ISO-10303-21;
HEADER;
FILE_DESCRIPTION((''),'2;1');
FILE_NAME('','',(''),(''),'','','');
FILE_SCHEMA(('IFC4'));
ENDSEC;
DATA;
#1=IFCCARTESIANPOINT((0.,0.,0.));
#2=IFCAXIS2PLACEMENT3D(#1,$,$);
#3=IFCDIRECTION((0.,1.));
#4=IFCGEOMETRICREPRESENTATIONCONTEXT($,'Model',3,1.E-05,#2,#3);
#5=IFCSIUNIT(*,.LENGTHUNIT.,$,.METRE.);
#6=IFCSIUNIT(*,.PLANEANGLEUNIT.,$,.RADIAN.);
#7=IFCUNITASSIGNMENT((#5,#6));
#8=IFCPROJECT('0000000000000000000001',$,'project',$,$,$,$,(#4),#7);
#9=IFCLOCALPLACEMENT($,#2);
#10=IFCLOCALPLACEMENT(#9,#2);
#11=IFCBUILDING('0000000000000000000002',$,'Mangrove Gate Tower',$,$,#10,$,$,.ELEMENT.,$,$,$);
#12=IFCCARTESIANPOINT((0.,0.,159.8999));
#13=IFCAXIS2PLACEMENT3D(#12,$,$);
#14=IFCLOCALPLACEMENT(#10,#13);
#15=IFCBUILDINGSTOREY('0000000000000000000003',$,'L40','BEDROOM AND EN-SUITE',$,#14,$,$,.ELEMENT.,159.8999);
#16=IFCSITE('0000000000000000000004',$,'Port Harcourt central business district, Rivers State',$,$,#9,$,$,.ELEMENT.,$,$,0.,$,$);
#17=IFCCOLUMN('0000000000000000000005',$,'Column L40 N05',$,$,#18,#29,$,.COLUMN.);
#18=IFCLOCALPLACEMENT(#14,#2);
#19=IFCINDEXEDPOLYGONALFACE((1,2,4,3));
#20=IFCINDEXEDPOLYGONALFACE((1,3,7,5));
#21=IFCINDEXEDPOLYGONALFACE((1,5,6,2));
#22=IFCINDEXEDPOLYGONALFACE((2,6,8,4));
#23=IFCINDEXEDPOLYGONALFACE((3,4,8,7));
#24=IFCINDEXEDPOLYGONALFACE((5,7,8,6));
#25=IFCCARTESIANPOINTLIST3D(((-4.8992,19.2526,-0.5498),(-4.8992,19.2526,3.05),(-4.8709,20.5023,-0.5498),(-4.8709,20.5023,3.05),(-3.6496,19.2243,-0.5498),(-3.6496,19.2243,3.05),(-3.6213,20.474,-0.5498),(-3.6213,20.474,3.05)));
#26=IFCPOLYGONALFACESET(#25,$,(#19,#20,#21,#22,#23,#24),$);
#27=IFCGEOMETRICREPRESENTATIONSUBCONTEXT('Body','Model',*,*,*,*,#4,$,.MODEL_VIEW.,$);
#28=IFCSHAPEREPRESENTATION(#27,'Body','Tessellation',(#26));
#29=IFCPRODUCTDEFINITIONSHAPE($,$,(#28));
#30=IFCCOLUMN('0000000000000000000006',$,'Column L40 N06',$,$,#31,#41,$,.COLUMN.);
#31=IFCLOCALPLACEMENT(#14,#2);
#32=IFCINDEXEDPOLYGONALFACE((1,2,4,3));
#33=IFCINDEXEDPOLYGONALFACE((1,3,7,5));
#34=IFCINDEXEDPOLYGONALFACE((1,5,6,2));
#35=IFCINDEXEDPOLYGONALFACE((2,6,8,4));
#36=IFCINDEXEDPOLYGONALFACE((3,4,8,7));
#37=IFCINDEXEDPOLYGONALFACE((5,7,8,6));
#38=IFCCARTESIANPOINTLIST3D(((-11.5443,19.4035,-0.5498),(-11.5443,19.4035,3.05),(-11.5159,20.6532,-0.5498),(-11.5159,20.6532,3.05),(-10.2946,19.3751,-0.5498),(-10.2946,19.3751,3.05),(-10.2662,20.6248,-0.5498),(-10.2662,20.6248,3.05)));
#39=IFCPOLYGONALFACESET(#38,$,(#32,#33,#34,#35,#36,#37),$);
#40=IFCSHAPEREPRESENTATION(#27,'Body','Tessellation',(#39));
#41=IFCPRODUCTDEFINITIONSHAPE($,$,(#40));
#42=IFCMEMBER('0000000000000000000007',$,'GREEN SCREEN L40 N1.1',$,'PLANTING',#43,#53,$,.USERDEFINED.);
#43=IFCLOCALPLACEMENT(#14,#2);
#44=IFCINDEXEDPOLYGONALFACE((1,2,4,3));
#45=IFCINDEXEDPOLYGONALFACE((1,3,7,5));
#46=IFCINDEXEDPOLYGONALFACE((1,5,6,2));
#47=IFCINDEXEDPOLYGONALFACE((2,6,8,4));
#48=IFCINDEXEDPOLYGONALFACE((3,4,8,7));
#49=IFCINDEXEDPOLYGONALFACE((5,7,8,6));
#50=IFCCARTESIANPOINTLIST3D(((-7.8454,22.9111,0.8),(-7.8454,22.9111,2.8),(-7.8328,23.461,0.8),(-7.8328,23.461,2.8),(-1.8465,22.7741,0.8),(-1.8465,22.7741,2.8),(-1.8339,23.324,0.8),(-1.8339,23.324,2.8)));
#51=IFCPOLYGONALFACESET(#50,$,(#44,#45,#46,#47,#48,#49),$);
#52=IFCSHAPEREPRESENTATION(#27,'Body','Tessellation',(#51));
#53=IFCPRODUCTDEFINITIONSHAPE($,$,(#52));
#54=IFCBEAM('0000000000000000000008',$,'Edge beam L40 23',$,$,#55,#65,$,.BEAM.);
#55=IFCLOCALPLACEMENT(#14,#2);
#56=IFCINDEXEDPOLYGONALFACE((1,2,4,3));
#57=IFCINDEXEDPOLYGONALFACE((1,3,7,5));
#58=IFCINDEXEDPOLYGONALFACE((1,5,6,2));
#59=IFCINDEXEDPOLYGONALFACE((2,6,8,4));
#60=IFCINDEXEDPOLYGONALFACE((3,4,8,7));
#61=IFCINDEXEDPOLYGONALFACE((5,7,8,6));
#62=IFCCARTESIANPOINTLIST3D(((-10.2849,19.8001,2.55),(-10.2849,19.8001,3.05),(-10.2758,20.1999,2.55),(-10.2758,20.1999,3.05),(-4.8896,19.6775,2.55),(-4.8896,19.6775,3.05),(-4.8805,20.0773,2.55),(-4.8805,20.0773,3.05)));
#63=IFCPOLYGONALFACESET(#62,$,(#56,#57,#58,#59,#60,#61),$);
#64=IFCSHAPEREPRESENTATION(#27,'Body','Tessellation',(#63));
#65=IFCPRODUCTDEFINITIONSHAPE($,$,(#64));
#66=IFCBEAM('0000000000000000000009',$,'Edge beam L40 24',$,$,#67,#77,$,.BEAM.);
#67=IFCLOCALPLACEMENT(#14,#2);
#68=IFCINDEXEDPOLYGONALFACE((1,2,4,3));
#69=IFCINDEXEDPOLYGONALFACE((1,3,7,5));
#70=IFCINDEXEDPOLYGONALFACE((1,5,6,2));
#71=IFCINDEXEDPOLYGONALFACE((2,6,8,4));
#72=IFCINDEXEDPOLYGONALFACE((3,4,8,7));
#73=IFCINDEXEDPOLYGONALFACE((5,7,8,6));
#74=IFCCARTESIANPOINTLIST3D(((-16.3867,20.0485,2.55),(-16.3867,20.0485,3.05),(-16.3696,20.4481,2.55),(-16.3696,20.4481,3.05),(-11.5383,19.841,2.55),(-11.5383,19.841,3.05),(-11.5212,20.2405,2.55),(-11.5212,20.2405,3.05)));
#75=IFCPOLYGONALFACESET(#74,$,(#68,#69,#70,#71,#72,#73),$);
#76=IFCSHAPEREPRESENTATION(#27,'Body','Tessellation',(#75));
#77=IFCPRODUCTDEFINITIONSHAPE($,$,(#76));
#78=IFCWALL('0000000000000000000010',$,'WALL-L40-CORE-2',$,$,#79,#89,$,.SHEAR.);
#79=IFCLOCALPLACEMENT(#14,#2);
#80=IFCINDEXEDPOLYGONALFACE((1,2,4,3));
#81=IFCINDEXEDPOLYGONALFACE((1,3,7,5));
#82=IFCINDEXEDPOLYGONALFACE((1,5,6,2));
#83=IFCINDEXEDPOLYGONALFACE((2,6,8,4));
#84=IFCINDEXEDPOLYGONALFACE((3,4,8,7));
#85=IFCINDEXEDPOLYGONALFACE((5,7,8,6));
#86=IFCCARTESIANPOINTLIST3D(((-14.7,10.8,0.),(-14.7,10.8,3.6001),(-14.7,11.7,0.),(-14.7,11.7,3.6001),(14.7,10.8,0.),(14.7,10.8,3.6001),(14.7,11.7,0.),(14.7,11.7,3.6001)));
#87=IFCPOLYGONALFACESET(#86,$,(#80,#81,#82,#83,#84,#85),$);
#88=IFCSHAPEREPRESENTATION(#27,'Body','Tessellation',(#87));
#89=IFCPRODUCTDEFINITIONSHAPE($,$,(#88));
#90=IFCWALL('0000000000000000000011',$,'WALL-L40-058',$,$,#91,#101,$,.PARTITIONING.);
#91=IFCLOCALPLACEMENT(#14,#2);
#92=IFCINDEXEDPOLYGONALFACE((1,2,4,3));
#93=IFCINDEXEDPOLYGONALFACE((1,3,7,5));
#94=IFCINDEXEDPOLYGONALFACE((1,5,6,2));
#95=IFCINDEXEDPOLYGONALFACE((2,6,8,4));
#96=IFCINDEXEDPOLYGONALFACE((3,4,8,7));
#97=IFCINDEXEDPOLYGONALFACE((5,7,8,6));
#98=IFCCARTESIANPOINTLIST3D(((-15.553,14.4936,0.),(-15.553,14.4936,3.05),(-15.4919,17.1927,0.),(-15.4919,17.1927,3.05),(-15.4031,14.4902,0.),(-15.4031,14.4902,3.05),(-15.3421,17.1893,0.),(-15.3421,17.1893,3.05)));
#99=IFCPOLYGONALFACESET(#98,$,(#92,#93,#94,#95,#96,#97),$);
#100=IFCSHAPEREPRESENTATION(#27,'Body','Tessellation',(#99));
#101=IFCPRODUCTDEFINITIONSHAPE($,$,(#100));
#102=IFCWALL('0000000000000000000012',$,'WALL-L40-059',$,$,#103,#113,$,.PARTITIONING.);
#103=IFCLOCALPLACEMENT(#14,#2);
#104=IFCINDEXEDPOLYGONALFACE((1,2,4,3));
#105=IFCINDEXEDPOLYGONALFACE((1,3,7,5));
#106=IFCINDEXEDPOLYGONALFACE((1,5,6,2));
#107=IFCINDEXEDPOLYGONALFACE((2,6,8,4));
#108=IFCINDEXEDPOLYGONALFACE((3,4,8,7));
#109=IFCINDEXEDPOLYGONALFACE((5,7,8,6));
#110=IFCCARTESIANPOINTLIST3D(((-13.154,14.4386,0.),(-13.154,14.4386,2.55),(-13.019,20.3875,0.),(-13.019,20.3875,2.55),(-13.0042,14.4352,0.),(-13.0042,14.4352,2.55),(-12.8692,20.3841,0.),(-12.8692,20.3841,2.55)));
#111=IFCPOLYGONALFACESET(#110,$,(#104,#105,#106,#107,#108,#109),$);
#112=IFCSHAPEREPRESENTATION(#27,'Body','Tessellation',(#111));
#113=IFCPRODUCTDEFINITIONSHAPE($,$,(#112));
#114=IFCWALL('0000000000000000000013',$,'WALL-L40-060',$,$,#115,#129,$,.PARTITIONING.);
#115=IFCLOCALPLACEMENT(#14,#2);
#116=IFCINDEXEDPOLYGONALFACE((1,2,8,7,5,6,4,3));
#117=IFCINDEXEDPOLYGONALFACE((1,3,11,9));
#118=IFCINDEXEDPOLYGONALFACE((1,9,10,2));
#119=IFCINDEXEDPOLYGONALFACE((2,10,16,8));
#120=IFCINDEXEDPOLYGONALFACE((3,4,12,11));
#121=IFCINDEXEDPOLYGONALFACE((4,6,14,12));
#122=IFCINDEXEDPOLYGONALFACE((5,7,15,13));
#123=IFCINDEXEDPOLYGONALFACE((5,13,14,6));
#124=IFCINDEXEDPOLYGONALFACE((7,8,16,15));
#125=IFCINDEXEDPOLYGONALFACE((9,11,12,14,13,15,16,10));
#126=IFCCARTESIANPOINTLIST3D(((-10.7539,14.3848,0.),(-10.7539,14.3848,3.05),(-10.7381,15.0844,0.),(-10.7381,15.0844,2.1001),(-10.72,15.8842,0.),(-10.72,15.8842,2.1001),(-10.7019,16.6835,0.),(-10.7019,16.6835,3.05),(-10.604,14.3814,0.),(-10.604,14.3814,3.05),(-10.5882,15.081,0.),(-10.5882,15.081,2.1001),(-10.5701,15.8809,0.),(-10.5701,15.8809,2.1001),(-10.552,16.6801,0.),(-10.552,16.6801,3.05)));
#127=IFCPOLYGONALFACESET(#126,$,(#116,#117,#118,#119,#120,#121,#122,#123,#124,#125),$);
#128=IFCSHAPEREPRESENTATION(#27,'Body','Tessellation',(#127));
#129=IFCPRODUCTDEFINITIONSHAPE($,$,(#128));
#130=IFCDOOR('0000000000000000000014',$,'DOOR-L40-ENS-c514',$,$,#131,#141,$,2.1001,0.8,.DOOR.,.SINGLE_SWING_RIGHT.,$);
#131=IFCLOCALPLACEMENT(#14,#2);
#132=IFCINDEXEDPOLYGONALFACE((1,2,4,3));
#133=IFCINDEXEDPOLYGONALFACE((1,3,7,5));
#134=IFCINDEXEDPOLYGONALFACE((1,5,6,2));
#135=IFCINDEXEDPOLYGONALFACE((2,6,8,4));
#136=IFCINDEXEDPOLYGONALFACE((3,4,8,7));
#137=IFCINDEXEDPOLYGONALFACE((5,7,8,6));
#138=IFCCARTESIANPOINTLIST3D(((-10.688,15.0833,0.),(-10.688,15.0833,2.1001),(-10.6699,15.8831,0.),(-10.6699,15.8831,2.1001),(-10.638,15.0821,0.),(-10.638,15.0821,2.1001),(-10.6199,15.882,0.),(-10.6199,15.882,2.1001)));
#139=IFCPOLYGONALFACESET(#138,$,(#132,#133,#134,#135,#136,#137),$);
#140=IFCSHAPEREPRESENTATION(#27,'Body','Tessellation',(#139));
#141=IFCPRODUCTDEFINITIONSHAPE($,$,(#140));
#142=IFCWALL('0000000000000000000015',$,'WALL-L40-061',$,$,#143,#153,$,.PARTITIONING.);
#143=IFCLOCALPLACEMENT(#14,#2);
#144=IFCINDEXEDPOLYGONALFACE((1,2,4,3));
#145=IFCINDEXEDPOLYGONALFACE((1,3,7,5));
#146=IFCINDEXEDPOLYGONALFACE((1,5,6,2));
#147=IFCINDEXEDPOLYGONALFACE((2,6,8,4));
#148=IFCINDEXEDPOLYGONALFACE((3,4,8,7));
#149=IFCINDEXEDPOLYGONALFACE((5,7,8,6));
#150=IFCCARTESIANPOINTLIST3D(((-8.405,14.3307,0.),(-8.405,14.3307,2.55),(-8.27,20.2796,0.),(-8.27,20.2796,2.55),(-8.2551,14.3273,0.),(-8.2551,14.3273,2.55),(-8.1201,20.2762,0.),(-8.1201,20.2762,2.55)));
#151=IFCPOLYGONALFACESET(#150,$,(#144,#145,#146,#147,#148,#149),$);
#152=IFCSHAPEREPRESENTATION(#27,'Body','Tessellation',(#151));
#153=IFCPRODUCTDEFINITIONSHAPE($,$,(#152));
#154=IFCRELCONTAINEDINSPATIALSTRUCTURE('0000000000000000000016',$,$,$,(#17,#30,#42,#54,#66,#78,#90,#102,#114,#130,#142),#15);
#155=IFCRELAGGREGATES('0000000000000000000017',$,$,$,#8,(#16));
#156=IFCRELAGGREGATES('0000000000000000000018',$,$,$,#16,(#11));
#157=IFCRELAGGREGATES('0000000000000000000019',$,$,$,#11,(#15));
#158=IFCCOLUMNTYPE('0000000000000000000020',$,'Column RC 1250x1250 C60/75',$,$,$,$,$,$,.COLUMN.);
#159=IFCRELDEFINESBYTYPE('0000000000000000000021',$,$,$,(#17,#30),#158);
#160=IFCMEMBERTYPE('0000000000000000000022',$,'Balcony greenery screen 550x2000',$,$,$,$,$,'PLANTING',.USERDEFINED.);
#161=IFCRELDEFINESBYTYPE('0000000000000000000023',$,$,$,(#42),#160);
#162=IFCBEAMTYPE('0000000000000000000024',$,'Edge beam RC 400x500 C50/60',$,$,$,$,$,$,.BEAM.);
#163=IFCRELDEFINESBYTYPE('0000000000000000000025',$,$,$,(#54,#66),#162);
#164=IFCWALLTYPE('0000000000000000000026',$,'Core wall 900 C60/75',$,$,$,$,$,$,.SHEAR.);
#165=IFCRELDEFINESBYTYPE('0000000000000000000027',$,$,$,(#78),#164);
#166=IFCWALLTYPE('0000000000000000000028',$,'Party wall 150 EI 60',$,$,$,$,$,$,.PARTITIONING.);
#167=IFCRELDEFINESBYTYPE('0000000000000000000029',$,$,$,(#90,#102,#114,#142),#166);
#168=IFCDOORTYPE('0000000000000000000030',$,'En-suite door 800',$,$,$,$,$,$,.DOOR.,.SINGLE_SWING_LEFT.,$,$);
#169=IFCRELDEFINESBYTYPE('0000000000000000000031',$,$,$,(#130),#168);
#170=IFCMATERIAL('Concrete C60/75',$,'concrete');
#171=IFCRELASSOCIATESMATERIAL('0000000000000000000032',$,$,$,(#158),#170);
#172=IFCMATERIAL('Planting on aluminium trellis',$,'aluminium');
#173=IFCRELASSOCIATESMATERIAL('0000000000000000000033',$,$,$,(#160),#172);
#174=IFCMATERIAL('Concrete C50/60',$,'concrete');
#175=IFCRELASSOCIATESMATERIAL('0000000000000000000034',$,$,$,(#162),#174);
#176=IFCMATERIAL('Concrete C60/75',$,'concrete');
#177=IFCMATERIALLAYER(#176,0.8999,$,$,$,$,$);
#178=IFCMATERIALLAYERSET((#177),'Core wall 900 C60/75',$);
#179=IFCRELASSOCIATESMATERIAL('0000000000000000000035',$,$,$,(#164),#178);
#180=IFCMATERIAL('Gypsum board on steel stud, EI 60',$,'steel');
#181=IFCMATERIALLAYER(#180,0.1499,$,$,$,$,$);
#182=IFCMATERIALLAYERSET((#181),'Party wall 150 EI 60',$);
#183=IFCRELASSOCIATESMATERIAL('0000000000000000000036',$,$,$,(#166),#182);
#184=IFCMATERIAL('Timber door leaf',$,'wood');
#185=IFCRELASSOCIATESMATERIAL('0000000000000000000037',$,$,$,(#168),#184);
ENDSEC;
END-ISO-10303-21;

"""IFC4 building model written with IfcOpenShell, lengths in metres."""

from ifc_helpers import new_model, si_unit, direction, frame, frame_2d, origin, origin_2d, place, context, subcontext, project, spatial, rectangle, extrude, material, layer, layer_set, material_profile, profile_set, type_object, element, fill, save


model = new_model("IFC4")

# Units and contexts
model_context = context("Model", 3, precision=1e-05, world=origin(), true_north=direction((0.0, 1.0)))
body_context = subcontext(model_context, "Body", "Model", "MODEL_VIEW")
ifc_project = project(units=[si_unit("LENGTHUNIT", "METRE"), si_unit("PLANEANGLEUNIT", "RADIAN")], contexts=[model_context])

# Site, building, storey
site_placement = place(None, origin())
site = spatial("IfcSite", under=ifc_project, at=site_placement, Name="Port Harcourt central business district, Rivers State", CompositionType="ELEMENT", RefElevation=0.0)
building_placement = place(site_placement, origin())
building = spatial("IfcBuilding", under=site, at=building_placement, Name="Mangrove Gate Tower", CompositionType="ELEMENT")
storey_placement = place(building_placement, frame((0.0, 0.0, 159.8999)))
storey = spatial("IfcBuildingStorey", under=building, at=storey_placement, Name="L40", Description="BEDROOM AND EN-SUITE", CompositionType="ELEMENT", Elevation=159.8999)

# Columns
ifc_material_1 = material(Name="Concrete C60/75", Category="concrete")
ifc_material_profile_1 = material_profile(ifc_material_1, rectangle(XDim=1.25, YDim=1.25, at=origin_2d()))
ifc_profile_set_1 = profile_set([ifc_material_profile_1], Name="Concrete C60/75")
column_type = type_object("IfcColumnType", Name="Column RC 1250x1250 C60/75", PredefinedType="COLUMN", material=ifc_profile_set_1)
for number, where, z_axis, x_axis, name in (
    (1, (-4.2603, 19.8633, -0.5498), (0.0, 0.0, 1.0), (-0.999744, 0.022643, 0.0), "Column L40 N05"),
    (2, (-10.9053, 20.0142, -0.5498), (0.0, 0.0, 1.0), (-0.999742, 0.022718, 0.0), "Column L40 N06"),
):
    element("IfcColumn", number, at=place(storey_placement, frame(where, z_axis=z_axis, x_axis=x_axis)), inside=storey, type_object=column_type, Name=name, PredefinedType="COLUMN", context=body_context, shape_type="SweptSolid", body=[
        extrude(rectangle(XDim=1.25, YDim=1.25, at=origin_2d()), origin(), (0.0, 0.0, 1.0), 3.5999),
    ])

# Member
ifc_material_2 = material(Name="Planting on aluminium trellis", Category="aluminium")
ifc_material_profile_2 = material_profile(ifc_material_2, rectangle(XDim=0.55, YDim=2.0, at=origin_2d()))
ifc_profile_set_2 = profile_set([ifc_material_profile_2], Name="Planting on aluminium trellis")
member_type = type_object("IfcMemberType", Name="Balcony greenery screen 550x2000", ElementType="PLANTING", PredefinedType="USERDEFINED", material=ifc_profile_set_2)
member_placement = place(storey_placement, frame((-7.8391, 23.186, 1.8), z_axis=(0.999739, -0.022825, 0.0), x_axis=(0.022825, 0.999739, 0.0)))
element("IfcMember", 3, at=member_placement, inside=storey, type_object=member_type, Name="GREEN SCREEN L40 N1.1", ObjectType="PLANTING", PredefinedType="USERDEFINED", context=body_context, shape_type="SweptSolid", body=[
    extrude(rectangle(XDim=0.55, YDim=2.0, at=origin_2d()), origin(), (0.0, 0.0, 1.0), 6.0005),
])

# Beams
ifc_material_3 = material(Name="Concrete C50/60", Category="concrete")
ifc_material_profile_3 = material_profile(ifc_material_3, rectangle(XDim=0.3999, YDim=0.5, at=origin_2d()))
ifc_profile_set_3 = profile_set([ifc_material_profile_3], Name="Concrete C50/60")
beam_type = type_object("IfcBeamType", Name="Edge beam RC 400x500 C50/60", PredefinedType="BEAM", material=ifc_profile_set_3)
beam_1_placement = place(storey_placement, frame((-4.885, 19.8774, 2.8), z_axis=(-0.999742, 0.02271, 0.0), x_axis=(-0.02271, -0.999742, 0.0)))
element("IfcBeam", 4, at=beam_1_placement, inside=storey, type_object=beam_type, Name="Edge beam L40 23", PredefinedType="BEAM", context=body_context, shape_type="SweptSolid", body=[
    extrude(rectangle(XDim=0.3999, YDim=0.5, at=origin_2d()), origin(), (0.0, 0.0, 1.0), 5.3967),
])
beam_2_placement = place(storey_placement, frame((-11.5298, 20.0408, 2.8), z_axis=(-0.999085, 0.042763, 0.0), x_axis=(-0.042763, -0.999085, 0.0)))
element("IfcBeam", 5, at=beam_2_placement, inside=storey, type_object=beam_type, Name="Edge beam L40 24", PredefinedType="BEAM", context=body_context, shape_type="SweptSolid", body=[
    extrude(rectangle(XDim=0.3999, YDim=0.5, at=origin_2d()), origin(), (0.0, 0.0, 1.0), 4.8528),
])

# Walls
ifc_material_4 = material(Name="Concrete C60/75", Category="concrete")
ifc_layer_1 = layer(ifc_material_4, 0.8999)
ifc_layer_set_1 = layer_set([ifc_layer_1], Name="Core wall 900 C60/75")
wall_type_1 = type_object("IfcWallType", Name="Core wall 900 C60/75", PredefinedType="SHEAR", material=ifc_layer_set_1)
wall_1_placement = place(storey_placement, frame((-14.7, 11.25, 0.0), z_axis=(0.0, 0.0, 1.0), x_axis=(1.0, 0.0, 0.0)))
element("IfcWall", 6, at=wall_1_placement, inside=storey, type_object=wall_type_1, Name="WALL-L40-CORE-2", PredefinedType="SHEAR", context=body_context, shape_type="SweptSolid", body=[
    extrude(rectangle(XDim=29.3999, YDim=0.8999, at=frame_2d((14.7, 0.0))), origin(), (0.0, 0.0, 1.0), 3.6001),
])
ifc_material_5 = material(Name="Gypsum board on steel stud, EI 60", Category="steel")
ifc_layer_2 = layer(ifc_material_5, 0.1499)
ifc_layer_set_2 = layer_set([ifc_layer_2], Name="Party wall 150 EI 60")
wall_type_2 = type_object("IfcWallType", Name="Party wall 150 EI 60", PredefinedType="PARTITIONING", material=ifc_layer_set_2)
wall_2_placement = place(storey_placement, frame((-15.478, 14.4919, 0.0), z_axis=(0.0, 0.0, 1.0), x_axis=(0.022608, 0.999744, 0.0)))
element("IfcWall", 7, at=wall_2_placement, inside=storey, type_object=wall_type_2, Name="WALL-L40-058", PredefinedType="PARTITIONING", context=body_context, shape_type="SweptSolid", body=[
    extrude(rectangle(XDim=2.6997, YDim=0.1499, at=frame_2d((1.3499, 0.0))), origin(), (0.0, 0.0, 1.0), 3.05),
])
wall_3_placement = place(storey_placement, frame((-13.0791, 14.437, 0.0), z_axis=(0.0, 0.0, 1.0), x_axis=(0.022689, 0.999743, 0.0)))
element("IfcWall", 8, at=wall_3_placement, inside=storey, type_object=wall_type_2, Name="WALL-L40-059", PredefinedType="PARTITIONING", context=body_context, shape_type="SweptSolid", body=[
    extrude(rectangle(XDim=5.9504, YDim=0.1499, at=frame_2d((2.9751, 0.0))), origin(), (0.0, 0.0, 1.0), 2.55),
])

# Wall, opening, door
wall_4_placement = place(storey_placement, frame((-10.679, 14.3831, 0.0), z_axis=(0.0, 0.0, 1.0), x_axis=(0.022615, 0.999744, 0.0)))
wall_4 = element("IfcWall", 9, at=wall_4_placement, inside=storey, type_object=wall_type_2, Name="WALL-L40-060", PredefinedType="PARTITIONING", context=body_context, shape_type="SweptSolid", body=[
    extrude(rectangle(XDim=2.2993, YDim=0.1499, at=frame_2d((1.1497, 0.0))), origin(), (0.0, 0.0, 1.0), 3.05),
])
opening_1_placement = place(wall_4_placement, frame((0.7, 0.0, 0.0)))
opening_1 = element("IfcOpeningElement", 10, at=opening_1_placement, cuts=wall_4, PredefinedType="OPENING", context=body_context, shape_type="SweptSolid", body=[
    extrude(rectangle(XDim=0.8, YDim=2.1001, at=frame_2d((0.3999, 1.05))), frame((0.0, 0.085, 0.0), z_axis=(0.0, -1.0, 0.0), x_axis=(1.0, 0.0, 0.0)), (0.0, 0.0, 1.0), 0.1699),
])
ifc_material_6 = material(Name="Timber door leaf", Category="wood")
door_type = type_object("IfcDoorType", Name="En-suite door 800", OperationType="SINGLE_SWING_LEFT", PredefinedType="DOOR", material=ifc_material_6)
door_1_placement = place(opening_1_placement, origin())
door_1 = element("IfcDoor", 11, at=door_1_placement, inside=storey, type_object=door_type, Name="DOOR-L40-ENS-c514", OperationType="SINGLE_SWING_RIGHT", OverallHeight=2.1001, OverallWidth=0.8, PredefinedType="DOOR", context=body_context, shape_type="SweptSolid", body=[
    extrude(rectangle(XDim=0.8, YDim=2.1001, at=frame_2d((0.3999, 1.05))), frame((0.0, 0.0249, 0.0), z_axis=(0.0, -1.0, 0.0), x_axis=(1.0, 0.0, 0.0)), (0.0, 0.0, 1.0), 0.05),
])
fill(opening_1, door_1)

# Wall
wall_5_placement = place(storey_placement, frame((-8.3301, 14.3291, 0.0), z_axis=(0.0, 0.0, 1.0), x_axis=(0.022689, 0.999743, 0.0)))
element("IfcWall", 12, at=wall_5_placement, inside=storey, type_object=wall_type_2, Name="WALL-L40-061", PredefinedType="PARTITIONING", context=body_context, shape_type="SweptSolid", body=[
    extrude(rectangle(XDim=5.9504, YDim=0.1499, at=frame_2d((2.9751, 0.0))), origin(), (0.0, 0.0, 1.0), 2.55),
])

save(model, "model.ifc")
